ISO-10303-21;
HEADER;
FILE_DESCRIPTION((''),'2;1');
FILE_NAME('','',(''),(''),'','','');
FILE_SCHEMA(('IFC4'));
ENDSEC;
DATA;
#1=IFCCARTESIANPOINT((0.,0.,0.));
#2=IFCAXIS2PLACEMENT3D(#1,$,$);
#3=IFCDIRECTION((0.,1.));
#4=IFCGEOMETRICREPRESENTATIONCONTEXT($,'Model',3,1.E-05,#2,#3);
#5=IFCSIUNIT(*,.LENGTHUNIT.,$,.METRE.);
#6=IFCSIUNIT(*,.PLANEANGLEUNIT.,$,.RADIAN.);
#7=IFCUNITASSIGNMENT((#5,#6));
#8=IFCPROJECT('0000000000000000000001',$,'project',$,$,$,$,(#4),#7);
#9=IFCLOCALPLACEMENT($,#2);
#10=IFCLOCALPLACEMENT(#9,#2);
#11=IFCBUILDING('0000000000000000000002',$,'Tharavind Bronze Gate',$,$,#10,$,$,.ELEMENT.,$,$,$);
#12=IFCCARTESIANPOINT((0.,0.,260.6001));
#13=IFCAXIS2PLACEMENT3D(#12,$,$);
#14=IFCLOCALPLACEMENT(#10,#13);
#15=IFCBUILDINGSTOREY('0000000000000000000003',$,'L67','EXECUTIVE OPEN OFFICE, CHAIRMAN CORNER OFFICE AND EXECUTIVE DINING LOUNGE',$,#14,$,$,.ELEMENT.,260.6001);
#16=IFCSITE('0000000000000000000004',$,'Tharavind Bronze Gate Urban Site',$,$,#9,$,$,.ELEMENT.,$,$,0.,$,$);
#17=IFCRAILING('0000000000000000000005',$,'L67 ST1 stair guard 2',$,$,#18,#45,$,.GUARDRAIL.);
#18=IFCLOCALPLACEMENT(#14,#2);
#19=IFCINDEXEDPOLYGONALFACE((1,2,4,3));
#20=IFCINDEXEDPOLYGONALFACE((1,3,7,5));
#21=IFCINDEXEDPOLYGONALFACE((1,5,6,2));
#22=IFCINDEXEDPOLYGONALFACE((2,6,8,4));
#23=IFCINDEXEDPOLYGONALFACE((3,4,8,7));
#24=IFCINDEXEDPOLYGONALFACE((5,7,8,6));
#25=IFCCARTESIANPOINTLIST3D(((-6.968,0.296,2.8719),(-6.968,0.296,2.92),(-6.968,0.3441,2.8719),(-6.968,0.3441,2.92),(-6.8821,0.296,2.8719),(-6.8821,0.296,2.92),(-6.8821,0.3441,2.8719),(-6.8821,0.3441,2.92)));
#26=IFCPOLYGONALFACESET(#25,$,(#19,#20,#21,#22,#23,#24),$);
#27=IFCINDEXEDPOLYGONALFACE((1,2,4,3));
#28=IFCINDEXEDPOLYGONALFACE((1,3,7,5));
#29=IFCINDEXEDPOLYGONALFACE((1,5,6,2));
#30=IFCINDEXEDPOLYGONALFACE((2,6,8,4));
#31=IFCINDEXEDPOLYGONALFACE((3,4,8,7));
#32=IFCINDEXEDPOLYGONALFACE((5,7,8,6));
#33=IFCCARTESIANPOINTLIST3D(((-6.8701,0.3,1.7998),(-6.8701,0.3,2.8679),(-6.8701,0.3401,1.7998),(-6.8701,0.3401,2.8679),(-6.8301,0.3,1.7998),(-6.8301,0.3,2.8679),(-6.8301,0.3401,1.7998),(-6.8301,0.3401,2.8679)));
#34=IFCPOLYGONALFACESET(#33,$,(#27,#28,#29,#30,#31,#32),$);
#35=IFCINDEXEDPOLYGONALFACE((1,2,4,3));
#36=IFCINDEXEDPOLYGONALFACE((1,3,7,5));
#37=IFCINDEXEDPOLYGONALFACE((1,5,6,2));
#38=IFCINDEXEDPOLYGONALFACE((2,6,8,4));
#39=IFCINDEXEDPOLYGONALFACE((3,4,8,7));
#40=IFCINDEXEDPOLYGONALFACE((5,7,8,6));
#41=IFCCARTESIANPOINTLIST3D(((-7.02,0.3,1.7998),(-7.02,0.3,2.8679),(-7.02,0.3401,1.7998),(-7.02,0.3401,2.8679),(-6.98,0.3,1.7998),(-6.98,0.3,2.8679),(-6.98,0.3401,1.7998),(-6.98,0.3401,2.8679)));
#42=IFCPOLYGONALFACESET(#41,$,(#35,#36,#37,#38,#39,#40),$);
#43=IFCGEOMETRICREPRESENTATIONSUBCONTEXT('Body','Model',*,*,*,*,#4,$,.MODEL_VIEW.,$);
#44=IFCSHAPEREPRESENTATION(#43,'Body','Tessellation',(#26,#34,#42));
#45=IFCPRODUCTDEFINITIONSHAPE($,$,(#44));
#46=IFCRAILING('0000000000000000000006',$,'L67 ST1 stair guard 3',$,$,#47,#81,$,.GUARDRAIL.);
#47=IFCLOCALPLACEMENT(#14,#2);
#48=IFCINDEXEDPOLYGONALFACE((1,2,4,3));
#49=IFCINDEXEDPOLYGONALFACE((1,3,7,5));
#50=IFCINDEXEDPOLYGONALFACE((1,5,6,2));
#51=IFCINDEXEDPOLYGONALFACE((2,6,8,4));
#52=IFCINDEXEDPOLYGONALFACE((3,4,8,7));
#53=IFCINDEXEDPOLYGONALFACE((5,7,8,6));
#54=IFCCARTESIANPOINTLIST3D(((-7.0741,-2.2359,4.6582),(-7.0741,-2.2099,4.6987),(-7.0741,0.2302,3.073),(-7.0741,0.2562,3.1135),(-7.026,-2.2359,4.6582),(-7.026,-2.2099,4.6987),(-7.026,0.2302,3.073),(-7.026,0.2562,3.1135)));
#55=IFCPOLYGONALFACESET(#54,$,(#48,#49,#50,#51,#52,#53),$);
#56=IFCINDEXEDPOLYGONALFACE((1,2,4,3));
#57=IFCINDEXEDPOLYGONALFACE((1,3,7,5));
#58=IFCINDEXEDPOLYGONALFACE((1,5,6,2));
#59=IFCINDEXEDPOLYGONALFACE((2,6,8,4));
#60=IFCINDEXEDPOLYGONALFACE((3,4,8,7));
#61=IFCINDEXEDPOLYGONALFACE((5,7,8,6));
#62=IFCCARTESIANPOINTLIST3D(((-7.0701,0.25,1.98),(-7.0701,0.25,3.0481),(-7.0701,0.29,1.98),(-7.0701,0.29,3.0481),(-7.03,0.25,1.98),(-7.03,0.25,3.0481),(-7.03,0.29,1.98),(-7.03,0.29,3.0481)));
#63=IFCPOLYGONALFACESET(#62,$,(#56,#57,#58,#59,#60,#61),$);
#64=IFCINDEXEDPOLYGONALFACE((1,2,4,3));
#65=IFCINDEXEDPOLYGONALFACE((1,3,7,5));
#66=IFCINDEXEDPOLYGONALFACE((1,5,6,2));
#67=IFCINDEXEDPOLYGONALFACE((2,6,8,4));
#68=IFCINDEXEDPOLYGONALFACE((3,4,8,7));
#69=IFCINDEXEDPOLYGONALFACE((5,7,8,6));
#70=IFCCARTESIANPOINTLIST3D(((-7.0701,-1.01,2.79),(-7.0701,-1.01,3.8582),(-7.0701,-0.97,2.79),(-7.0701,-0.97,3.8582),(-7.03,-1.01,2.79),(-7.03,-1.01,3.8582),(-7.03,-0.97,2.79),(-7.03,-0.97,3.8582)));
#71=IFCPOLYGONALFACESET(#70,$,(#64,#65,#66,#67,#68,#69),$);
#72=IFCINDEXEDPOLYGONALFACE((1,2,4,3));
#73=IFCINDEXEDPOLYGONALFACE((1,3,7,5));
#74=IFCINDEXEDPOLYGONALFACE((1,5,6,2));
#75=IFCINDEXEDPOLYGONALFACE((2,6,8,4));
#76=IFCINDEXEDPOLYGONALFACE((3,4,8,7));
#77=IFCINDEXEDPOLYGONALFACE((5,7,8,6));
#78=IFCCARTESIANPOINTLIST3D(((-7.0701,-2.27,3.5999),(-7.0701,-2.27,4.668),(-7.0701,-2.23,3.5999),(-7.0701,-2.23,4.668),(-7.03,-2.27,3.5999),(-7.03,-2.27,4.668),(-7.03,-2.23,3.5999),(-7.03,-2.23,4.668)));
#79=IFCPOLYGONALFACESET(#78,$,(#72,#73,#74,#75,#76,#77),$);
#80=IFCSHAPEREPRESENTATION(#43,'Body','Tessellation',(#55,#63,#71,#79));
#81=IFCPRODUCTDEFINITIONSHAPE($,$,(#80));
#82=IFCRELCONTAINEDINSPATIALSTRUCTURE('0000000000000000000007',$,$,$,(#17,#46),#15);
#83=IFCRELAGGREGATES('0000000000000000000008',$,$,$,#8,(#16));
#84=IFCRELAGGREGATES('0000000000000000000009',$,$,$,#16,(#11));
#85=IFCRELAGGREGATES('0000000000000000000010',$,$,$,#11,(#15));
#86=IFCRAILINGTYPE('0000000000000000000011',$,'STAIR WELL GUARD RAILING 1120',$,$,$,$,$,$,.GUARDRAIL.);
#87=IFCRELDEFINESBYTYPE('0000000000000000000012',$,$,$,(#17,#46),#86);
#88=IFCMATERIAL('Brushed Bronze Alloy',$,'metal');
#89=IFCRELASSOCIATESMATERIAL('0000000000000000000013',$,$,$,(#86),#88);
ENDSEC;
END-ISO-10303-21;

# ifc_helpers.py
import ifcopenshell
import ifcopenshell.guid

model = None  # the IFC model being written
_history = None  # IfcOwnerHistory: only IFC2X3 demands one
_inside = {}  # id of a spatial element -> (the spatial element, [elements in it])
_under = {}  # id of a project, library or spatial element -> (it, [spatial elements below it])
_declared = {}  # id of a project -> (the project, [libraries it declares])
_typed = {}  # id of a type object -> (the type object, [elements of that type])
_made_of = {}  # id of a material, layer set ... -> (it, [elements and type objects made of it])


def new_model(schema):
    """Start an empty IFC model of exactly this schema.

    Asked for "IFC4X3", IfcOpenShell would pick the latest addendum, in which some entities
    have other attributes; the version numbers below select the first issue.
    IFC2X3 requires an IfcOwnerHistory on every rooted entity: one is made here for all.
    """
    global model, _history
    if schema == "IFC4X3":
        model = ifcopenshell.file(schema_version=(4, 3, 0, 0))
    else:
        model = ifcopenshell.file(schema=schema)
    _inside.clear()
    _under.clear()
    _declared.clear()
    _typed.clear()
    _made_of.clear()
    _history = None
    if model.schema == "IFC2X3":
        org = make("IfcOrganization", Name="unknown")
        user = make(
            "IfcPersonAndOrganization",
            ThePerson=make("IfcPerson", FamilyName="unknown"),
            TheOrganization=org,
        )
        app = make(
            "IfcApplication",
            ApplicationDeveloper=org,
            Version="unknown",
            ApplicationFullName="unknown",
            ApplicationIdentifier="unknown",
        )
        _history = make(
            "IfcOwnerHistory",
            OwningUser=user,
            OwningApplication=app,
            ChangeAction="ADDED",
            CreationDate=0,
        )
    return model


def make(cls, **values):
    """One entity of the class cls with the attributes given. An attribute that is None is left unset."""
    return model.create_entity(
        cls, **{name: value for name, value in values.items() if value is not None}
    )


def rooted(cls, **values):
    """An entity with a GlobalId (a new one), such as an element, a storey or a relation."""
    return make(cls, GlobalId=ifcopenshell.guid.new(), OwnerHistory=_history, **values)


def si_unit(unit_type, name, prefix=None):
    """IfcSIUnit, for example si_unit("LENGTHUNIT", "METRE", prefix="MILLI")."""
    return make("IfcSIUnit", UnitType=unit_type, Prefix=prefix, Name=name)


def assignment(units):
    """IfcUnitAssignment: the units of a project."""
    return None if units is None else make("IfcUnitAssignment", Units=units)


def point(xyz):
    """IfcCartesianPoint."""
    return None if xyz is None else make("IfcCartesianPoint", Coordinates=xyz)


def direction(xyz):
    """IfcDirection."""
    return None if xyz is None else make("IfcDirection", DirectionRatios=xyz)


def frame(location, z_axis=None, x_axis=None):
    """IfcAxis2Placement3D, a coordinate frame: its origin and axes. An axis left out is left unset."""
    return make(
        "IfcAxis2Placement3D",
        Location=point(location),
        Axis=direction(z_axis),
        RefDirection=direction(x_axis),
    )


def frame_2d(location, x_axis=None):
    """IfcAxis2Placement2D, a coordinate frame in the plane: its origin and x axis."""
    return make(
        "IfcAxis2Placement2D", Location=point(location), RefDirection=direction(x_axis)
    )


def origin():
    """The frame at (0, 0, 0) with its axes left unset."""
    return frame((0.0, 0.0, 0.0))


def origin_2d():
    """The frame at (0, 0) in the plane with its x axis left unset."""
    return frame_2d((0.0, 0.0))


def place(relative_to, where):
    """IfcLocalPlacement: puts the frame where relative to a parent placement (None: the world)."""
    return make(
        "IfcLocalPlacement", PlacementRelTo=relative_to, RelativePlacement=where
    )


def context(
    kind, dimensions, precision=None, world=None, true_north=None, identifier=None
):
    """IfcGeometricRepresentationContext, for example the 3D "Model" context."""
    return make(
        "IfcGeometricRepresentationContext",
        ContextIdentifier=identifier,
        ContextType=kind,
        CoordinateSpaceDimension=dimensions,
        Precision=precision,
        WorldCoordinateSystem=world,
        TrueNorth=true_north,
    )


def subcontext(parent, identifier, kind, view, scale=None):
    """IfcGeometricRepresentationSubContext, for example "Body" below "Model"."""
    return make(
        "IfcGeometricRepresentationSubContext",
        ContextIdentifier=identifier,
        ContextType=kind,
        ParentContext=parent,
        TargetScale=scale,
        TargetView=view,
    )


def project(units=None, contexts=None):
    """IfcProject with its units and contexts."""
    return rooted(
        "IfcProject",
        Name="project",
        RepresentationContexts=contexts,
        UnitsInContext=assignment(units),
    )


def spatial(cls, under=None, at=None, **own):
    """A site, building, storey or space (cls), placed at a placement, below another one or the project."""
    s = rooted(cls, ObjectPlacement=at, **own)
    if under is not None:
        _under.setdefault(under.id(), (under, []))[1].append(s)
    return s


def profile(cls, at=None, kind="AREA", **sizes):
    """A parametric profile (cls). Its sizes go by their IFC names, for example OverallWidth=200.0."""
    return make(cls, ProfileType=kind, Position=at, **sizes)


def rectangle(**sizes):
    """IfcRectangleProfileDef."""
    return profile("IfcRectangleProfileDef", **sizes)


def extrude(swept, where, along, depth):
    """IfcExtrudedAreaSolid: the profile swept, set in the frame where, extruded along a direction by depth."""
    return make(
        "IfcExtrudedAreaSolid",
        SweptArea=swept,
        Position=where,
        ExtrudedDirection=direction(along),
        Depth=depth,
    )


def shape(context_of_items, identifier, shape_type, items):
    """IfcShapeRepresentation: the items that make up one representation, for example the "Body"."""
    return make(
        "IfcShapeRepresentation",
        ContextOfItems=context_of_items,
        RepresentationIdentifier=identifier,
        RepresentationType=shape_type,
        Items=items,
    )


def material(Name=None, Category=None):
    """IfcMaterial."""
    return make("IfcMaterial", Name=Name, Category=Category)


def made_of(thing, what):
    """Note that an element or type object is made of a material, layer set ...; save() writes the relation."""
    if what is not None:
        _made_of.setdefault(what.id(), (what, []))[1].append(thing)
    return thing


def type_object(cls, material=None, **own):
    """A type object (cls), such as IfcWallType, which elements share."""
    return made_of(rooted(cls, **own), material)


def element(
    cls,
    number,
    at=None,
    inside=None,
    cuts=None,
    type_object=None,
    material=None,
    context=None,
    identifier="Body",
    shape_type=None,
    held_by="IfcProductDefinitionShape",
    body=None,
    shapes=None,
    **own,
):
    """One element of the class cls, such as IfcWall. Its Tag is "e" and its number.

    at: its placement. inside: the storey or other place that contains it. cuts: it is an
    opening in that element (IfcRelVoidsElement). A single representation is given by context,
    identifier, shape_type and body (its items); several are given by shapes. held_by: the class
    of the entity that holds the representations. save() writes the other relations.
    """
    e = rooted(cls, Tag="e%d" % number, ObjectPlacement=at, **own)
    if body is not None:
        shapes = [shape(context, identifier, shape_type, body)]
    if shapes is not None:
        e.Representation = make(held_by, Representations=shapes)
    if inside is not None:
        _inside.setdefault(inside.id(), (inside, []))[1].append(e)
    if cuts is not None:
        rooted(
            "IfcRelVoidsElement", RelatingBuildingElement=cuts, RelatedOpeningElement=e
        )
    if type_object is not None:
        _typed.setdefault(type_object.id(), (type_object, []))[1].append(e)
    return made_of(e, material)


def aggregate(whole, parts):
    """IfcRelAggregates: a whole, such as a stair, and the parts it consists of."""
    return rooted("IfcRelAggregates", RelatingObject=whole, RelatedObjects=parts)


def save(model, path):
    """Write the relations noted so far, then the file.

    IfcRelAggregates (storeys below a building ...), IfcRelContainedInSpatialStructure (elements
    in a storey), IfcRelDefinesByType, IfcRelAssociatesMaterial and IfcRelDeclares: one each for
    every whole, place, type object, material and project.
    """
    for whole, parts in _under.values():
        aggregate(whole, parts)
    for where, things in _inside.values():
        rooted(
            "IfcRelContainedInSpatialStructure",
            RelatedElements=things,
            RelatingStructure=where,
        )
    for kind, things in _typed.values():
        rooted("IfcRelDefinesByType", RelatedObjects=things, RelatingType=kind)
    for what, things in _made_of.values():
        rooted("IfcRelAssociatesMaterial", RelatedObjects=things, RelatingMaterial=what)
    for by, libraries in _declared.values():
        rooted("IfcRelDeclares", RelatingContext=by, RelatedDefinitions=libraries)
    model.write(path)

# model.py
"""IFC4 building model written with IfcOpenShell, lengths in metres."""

from ifc_helpers import new_model, si_unit, direction, frame, origin, origin_2d, place, context, subcontext, project, spatial, rectangle, extrude, material, type_object, element, save


model = new_model("IFC4")

# Units and contexts
model_context = context("Model", 3, precision=1e-05, world=origin(), true_north=direction((0.0, 1.0)))
body_context = subcontext(model_context, "Body", "Model", "MODEL_VIEW")
ifc_project = project(units=[si_unit("LENGTHUNIT", "METRE"), si_unit("PLANEANGLEUNIT", "RADIAN")], contexts=[model_context])

# Site, building, storey
site_placement = place(None, origin())
site = spatial("IfcSite", under=ifc_project, at=site_placement, Name="Tharavind Bronze Gate Urban Site", CompositionType="ELEMENT", RefElevation=0.0)
building_placement = place(site_placement, origin())
building = spatial("IfcBuilding", under=site, at=building_placement, Name="Tharavind Bronze Gate", CompositionType="ELEMENT")
storey_placement = place(building_placement, frame((0.0, 0.0, 260.6001)))
storey = spatial("IfcBuildingStorey", under=building, at=storey_placement, Name="L67", Description="EXECUTIVE OPEN OFFICE, CHAIRMAN CORNER OFFICE AND EXECUTIVE DINING LOUNGE", CompositionType="ELEMENT", Elevation=260.6001)

# Railings
ifc_material_1 = material(Name="Brushed Bronze Alloy", Category="metal")
railing_type_1 = type_object("IfcRailingType", Name="STAIR WELL GUARD RAILING 1120", PredefinedType="GUARDRAIL", material=ifc_material_1)
railing_1_placement = place(storey_placement, frame((-6.8501, 0.3201, 1.7998)))
element("IfcRailing", 1, at=railing_1_placement, inside=storey, type_object=railing_type_1, Name="L67 ST1 stair guard 2", PredefinedType="GUARDRAIL", context=body_context, shape_type="SweptSolid", body=[
    extrude(rectangle(XDim=0.0481, YDim=0.0481, at=origin_2d()), frame((-0.032, 0.0, 1.0962), z_axis=(-1.0, 0.0, 0.0), x_axis=(0.0, -1.0, 0.0)), (0.0, 0.0, 1.0), 0.0859),
    extrude(rectangle(XDim=0.04, YDim=0.04, at=origin_2d()), origin(), (0.0, 0.0, 1.0), 1.0681),
    extrude(rectangle(XDim=0.04, YDim=0.04, at=origin_2d()), frame((-0.1499, 0.0, 0.0)), (0.0, 0.0, 1.0), 1.0681),
])
railing_2_placement = place(storey_placement, frame((-7.05, 0.27, 1.98)))
element("IfcRailing", 2, at=railing_2_placement, inside=storey, type_object=railing_type_1, Name="L67 ST1 stair guard 3", PredefinedType="GUARDRAIL", context=body_context, shape_type="SweptSolid", body=[
    extrude(rectangle(XDim=0.0481, YDim=0.0481, at=origin_2d()), frame((0.0, -0.0269, 1.1133), z_axis=(0.0, -0.8412, 0.540725), x_axis=(1.0, 0.0, 0.0)), (0.0, 0.0, 1.0), 2.9316),
    extrude(rectangle(XDim=0.04, YDim=0.04, at=origin_2d()), origin(), (0.0, 0.0, 1.0), 1.0681),
    extrude(rectangle(XDim=0.04, YDim=0.04, at=origin_2d()), frame((0.0, -1.26, 0.8101)), (0.0, 0.0, 1.0), 1.0681),
    extrude(rectangle(XDim=0.04, YDim=0.04, at=origin_2d()), frame((0.0, -2.52, 1.6199)), (0.0, 0.0, 1.0), 1.0681),
])

save(model, "model.ifc")
